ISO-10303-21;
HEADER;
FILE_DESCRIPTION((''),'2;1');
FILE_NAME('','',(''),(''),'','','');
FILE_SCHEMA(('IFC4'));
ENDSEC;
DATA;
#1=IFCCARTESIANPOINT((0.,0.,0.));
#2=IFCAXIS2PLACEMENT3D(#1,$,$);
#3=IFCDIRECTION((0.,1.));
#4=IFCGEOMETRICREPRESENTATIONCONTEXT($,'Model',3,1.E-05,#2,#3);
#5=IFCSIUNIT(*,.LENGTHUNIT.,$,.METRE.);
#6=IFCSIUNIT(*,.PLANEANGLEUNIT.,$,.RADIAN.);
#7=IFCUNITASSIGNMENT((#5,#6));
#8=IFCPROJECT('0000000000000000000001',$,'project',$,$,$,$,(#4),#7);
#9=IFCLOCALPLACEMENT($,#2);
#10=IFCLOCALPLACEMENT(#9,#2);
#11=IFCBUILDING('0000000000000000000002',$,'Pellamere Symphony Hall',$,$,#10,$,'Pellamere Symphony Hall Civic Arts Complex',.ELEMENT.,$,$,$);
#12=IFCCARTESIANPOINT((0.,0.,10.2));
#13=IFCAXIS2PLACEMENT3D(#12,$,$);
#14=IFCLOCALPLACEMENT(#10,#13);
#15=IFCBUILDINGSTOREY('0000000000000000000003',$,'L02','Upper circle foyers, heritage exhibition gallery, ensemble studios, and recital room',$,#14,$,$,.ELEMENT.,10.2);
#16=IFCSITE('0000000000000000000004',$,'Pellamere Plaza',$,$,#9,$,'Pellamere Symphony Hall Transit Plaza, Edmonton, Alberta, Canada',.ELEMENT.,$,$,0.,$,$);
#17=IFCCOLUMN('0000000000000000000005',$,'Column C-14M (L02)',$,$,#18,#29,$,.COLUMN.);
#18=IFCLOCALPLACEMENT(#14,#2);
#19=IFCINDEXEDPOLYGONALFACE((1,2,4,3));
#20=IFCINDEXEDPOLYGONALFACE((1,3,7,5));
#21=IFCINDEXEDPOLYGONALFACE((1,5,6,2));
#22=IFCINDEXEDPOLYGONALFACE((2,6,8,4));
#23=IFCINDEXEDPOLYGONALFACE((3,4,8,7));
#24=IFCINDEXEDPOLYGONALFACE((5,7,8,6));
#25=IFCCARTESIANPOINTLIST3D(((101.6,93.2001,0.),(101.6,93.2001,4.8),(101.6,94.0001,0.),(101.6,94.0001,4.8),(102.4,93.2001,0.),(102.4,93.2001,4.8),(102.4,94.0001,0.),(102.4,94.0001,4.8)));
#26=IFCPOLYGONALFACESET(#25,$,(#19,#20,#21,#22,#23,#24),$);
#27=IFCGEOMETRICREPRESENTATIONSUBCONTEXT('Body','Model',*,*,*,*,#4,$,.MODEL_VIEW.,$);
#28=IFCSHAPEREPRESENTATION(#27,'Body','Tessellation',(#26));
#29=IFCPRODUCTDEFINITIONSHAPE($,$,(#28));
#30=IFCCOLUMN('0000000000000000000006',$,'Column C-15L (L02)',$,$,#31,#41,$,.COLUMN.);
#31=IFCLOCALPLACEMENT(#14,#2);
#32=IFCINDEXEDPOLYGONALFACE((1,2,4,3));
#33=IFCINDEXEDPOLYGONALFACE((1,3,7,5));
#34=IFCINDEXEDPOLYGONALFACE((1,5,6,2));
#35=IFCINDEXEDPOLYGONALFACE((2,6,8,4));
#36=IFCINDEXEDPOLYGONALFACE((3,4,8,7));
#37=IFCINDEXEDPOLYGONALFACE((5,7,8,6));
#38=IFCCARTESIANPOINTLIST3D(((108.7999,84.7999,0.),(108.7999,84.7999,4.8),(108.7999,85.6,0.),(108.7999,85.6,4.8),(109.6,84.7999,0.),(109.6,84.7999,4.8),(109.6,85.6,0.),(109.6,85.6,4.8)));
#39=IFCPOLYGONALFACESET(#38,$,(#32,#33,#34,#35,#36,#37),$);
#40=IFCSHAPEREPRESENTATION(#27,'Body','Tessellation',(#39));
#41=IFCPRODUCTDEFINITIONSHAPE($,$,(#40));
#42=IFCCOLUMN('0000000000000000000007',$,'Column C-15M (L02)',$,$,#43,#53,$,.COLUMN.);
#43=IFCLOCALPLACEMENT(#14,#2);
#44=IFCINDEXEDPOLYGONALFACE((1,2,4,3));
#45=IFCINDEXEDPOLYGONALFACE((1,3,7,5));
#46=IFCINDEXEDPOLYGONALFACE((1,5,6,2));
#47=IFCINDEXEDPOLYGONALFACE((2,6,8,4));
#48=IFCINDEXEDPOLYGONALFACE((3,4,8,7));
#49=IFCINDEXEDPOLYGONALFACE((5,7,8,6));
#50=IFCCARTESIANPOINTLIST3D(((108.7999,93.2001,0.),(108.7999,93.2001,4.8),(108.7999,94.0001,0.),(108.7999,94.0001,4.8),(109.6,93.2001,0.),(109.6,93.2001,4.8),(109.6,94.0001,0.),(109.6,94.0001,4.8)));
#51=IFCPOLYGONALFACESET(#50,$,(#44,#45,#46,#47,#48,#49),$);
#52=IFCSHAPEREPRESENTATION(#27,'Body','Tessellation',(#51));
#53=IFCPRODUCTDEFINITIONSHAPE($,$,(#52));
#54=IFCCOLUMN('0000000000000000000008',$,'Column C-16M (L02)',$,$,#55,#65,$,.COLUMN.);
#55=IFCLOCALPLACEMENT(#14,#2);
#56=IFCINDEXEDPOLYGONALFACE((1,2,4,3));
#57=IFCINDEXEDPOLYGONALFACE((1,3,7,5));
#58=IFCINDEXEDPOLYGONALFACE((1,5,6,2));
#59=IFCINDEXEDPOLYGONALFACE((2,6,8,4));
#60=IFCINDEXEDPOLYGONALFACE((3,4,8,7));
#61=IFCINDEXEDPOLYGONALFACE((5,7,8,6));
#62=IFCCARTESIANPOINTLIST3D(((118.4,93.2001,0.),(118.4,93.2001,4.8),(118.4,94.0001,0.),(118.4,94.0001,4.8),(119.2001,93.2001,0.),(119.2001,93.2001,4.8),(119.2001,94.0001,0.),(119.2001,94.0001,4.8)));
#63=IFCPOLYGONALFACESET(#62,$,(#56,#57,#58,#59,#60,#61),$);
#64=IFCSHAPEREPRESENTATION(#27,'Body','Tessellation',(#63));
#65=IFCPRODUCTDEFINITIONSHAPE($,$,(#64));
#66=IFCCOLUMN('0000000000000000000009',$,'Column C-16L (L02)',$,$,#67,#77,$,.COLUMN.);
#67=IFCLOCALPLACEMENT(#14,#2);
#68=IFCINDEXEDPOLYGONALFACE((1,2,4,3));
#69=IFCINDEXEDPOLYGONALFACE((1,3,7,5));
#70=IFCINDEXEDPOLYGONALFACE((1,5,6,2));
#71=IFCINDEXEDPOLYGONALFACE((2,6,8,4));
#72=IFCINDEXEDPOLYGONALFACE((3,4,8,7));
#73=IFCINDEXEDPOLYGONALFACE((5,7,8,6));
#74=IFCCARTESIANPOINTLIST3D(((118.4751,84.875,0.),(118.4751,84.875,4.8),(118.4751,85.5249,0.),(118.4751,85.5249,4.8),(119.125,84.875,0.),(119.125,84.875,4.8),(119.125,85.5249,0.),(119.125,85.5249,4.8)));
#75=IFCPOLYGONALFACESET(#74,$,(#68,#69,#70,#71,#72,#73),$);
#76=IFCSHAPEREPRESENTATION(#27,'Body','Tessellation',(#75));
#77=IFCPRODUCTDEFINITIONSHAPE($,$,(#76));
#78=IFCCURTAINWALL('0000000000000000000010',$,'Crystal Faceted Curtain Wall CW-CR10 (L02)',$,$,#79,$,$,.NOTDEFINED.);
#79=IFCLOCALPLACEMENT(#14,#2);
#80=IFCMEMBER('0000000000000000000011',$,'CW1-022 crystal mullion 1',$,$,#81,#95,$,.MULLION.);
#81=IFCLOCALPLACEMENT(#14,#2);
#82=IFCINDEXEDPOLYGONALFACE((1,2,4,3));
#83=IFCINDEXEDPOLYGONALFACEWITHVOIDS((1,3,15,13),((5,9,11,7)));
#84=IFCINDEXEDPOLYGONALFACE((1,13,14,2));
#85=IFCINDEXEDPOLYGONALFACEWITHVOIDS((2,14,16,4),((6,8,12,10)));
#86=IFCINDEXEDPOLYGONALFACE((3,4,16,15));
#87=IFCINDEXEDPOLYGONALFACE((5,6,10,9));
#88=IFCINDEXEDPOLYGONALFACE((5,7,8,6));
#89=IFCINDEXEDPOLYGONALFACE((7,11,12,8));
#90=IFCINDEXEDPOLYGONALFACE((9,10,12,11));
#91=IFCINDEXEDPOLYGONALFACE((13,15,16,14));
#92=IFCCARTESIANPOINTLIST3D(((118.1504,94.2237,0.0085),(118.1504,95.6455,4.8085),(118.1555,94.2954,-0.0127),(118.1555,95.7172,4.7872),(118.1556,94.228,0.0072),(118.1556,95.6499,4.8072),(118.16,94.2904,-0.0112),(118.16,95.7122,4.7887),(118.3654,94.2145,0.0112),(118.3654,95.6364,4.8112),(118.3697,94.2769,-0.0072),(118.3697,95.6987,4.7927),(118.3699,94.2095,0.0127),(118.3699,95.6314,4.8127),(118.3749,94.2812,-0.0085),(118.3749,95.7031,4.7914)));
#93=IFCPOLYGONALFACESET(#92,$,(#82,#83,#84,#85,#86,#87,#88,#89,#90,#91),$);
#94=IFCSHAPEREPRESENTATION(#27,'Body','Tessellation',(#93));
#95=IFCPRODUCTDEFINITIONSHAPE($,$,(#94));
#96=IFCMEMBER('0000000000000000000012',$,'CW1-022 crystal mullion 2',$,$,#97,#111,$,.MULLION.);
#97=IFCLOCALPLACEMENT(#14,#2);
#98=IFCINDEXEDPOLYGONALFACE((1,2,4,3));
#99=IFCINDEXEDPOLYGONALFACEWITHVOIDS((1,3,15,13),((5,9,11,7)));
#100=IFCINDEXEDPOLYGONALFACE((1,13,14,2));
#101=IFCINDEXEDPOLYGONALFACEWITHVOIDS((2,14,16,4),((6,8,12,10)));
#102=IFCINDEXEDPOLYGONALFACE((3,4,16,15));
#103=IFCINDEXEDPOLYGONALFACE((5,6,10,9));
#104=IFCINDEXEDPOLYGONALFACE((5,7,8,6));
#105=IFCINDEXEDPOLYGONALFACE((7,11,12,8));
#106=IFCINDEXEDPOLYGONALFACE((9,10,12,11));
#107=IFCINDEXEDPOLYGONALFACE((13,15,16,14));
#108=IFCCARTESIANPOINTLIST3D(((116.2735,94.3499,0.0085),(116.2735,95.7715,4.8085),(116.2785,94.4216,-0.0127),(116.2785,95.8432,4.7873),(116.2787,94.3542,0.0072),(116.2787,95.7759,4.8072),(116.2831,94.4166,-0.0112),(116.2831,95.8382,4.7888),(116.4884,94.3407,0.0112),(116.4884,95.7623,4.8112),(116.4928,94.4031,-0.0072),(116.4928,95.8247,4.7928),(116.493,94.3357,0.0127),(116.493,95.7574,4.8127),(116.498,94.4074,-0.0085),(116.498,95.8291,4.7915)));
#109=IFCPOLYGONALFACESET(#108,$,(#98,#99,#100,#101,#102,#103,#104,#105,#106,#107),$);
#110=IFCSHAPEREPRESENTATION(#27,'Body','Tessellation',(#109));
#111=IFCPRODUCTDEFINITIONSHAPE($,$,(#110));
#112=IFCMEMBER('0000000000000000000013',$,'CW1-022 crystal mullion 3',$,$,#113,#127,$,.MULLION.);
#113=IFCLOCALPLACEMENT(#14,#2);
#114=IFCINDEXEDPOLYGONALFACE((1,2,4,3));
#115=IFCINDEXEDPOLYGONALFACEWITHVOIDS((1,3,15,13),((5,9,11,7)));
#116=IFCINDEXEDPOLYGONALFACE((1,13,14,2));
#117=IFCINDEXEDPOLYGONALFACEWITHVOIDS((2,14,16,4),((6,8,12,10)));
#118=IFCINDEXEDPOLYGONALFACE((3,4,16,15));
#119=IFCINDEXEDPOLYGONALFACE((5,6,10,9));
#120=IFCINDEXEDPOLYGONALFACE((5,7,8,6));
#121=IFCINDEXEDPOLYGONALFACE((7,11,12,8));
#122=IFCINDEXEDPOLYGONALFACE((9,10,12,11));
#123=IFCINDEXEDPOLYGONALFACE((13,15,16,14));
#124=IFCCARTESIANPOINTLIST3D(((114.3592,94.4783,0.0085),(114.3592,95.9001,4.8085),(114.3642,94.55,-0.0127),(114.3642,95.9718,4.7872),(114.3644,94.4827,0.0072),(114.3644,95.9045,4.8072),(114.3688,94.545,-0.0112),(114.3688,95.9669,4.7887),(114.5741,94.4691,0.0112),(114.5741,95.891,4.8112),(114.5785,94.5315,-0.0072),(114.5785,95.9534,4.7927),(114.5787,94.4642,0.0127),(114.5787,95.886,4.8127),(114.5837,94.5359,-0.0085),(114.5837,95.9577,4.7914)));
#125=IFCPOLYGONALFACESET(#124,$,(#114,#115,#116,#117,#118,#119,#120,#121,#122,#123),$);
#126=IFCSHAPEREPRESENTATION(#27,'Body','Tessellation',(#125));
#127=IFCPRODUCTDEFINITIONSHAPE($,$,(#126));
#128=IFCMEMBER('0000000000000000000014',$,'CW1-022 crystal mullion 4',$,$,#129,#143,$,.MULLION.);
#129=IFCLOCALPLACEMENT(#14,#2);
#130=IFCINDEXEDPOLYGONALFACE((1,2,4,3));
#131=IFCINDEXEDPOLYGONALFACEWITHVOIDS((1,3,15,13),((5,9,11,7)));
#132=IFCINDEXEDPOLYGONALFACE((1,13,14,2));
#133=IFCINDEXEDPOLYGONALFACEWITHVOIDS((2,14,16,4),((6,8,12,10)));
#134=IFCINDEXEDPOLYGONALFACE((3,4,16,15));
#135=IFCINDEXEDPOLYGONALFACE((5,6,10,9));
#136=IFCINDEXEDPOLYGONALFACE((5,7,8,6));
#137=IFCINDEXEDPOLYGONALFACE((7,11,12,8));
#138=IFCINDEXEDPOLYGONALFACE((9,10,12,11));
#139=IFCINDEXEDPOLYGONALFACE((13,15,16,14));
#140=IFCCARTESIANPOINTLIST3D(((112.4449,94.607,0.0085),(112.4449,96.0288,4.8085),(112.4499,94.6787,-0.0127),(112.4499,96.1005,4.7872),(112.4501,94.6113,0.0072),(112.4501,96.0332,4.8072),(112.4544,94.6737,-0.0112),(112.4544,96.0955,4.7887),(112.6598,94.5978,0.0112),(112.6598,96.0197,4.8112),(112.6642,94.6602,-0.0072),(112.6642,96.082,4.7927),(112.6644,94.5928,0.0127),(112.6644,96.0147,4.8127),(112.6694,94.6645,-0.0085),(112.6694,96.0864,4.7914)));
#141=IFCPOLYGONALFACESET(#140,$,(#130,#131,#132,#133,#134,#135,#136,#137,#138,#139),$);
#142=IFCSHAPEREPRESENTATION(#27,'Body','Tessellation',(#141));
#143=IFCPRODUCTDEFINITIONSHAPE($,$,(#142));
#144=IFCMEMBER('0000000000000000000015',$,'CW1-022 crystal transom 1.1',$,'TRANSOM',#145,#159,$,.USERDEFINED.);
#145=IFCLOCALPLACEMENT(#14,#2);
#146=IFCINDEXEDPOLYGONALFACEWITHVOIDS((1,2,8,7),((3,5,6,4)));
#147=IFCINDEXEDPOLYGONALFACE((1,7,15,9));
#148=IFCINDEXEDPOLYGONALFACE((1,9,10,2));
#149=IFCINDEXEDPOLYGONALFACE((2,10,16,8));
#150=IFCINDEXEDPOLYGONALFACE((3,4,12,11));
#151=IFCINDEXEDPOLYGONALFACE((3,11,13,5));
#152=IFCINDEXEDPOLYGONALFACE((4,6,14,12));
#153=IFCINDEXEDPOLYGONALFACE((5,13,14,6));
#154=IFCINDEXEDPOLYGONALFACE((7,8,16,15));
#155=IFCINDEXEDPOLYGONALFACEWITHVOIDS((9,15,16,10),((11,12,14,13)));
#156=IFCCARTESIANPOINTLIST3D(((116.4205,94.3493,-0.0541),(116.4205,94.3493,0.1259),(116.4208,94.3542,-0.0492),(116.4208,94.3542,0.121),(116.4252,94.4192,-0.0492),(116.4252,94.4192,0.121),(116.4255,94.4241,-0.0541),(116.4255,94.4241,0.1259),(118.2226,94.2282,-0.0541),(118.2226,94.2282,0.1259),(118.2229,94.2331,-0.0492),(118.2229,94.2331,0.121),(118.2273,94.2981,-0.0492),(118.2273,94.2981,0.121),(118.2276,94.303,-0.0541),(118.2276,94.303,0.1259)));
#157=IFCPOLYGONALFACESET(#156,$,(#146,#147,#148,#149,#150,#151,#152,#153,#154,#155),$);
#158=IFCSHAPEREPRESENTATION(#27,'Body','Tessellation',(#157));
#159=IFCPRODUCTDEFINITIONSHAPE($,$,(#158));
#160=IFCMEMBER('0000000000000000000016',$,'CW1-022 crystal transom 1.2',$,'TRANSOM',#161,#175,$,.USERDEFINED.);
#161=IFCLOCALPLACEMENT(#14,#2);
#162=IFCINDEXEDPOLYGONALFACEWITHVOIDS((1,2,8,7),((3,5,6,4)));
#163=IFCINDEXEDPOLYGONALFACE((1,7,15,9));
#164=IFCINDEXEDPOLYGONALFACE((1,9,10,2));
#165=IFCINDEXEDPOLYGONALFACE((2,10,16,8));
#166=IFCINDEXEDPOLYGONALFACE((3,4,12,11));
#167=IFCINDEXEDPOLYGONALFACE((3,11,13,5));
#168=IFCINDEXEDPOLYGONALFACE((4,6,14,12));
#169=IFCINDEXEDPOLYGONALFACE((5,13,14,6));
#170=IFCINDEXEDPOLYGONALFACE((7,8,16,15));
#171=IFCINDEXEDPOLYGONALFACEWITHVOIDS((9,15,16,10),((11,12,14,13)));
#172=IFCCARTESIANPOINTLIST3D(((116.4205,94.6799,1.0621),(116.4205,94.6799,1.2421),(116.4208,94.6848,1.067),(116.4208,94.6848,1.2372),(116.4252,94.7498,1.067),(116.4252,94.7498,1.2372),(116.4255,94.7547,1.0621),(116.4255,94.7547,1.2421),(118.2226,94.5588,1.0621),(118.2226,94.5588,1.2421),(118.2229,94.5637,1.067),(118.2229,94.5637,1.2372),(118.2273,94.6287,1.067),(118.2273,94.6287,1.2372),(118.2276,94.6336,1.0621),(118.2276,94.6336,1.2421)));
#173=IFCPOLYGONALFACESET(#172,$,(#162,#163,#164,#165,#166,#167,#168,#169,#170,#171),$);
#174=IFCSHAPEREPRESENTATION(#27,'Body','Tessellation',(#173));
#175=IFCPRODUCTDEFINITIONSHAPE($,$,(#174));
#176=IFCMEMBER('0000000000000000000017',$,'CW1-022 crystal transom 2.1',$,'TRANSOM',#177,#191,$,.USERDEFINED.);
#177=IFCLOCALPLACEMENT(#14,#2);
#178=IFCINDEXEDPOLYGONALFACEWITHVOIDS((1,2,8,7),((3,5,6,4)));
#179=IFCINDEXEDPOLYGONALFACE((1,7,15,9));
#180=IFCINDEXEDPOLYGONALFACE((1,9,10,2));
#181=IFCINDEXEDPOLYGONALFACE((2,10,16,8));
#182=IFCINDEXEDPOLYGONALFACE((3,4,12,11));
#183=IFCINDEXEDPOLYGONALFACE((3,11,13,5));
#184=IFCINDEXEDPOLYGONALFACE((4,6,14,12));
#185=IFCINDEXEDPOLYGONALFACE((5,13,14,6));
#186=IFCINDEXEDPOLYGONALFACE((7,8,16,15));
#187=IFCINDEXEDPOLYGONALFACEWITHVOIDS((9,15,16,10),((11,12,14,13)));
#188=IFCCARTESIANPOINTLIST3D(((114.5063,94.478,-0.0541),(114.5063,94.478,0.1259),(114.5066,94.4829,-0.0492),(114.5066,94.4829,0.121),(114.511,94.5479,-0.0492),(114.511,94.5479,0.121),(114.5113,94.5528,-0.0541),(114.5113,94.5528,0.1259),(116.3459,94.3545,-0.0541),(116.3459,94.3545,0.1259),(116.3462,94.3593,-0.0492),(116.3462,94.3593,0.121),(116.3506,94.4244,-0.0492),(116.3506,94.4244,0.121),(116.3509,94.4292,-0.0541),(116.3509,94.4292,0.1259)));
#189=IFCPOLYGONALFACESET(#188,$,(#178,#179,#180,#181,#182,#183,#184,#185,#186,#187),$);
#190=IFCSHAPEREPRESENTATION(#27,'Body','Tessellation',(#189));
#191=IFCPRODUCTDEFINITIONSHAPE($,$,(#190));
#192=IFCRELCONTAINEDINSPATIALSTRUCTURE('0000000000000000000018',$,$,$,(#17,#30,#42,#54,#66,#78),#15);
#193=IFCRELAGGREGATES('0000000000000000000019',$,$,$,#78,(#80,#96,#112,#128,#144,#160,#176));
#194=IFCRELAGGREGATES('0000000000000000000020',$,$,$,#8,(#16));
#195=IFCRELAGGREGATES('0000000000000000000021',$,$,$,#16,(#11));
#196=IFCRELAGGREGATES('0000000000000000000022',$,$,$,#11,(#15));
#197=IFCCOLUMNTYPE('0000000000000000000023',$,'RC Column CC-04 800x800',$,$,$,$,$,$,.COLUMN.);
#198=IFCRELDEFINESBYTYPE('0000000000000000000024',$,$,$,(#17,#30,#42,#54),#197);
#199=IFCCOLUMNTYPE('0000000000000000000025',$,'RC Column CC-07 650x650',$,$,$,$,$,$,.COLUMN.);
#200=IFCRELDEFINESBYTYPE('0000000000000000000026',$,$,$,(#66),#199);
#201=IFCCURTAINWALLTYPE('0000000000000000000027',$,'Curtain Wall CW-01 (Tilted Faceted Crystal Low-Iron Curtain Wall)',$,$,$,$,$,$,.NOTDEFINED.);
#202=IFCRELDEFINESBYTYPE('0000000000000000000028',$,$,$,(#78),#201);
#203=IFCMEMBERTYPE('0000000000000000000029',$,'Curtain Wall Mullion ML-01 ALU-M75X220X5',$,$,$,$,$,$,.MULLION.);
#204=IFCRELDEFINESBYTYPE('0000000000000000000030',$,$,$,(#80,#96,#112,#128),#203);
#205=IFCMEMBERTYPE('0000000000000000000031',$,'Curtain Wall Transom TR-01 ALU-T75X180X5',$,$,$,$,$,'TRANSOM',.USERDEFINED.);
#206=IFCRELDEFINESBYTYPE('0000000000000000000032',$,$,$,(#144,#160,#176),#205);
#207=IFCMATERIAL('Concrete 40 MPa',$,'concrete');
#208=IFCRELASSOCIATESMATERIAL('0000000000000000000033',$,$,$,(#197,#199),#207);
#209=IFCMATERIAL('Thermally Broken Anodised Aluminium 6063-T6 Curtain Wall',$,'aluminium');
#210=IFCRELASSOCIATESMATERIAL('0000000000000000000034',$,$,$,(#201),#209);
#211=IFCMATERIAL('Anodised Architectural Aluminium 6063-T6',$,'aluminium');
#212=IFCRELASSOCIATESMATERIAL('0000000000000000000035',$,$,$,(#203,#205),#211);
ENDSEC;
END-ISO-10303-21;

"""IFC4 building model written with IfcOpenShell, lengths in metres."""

from ifc_helpers import new_model, si_unit, direction, frame, origin, origin_2d, place, context, subcontext, project, spatial, rectangle, hollow_rectangle, extrude, material, material_profile, profile_set, type_object, element, aggregate, save


model = new_model("IFC4")

# Units and contexts
model_context = context("Model", 3, precision=1e-05, world=origin(), true_north=direction((0.0, 1.0)))
body_context = subcontext(model_context, "Body", "Model", "MODEL_VIEW")
ifc_project = project(units=[si_unit("LENGTHUNIT", "METRE"), si_unit("PLANEANGLEUNIT", "RADIAN")], contexts=[model_context])

# Site, building, storey
site_placement = place(None, origin())
site = spatial("IfcSite", under=ifc_project, at=site_placement, Name="Pellamere Plaza", LongName="Pellamere Symphony Hall Transit Plaza, Edmonton, Alberta, Canada", CompositionType="ELEMENT", RefElevation=0.0)
building_placement = place(site_placement, origin())
building = spatial("IfcBuilding", under=site, at=building_placement, Name="Pellamere Symphony Hall", LongName="Pellamere Symphony Hall Civic Arts Complex", CompositionType="ELEMENT")
storey_placement = place(building_placement, frame((0.0, 0.0, 10.2)))
storey = spatial("IfcBuildingStorey", under=building, at=storey_placement, Name="L02", Description="Upper circle foyers, heritage exhibition gallery, ensemble studios, and recital room", CompositionType="ELEMENT", Elevation=10.2)

# Columns
ifc_material_1 = material(Name="Concrete 40 MPa", Category="concrete")
ifc_material_profile_1 = material_profile(ifc_material_1, rectangle(XDim=0.8, YDim=0.8, at=origin_2d()), Name="RC 800x800")
ifc_profile_set_1 = profile_set([ifc_material_profile_1], Name="Concrete 40 MPa")
column_type_1 = type_object("IfcColumnType", Name="RC Column CC-04 800x800", PredefinedType="COLUMN", material=ifc_profile_set_1)
for number, where, z_axis, x_axis, name in (
    (1, (102.0, 93.6001, 0.0), (0.0, 0.0, 1.0), (1.0, 0.0, 0.0), "Column C-14M (L02)"),
    (2, (109.2, 85.2, 0.0), (0.0, 0.0, 1.0), (1.0, 0.0, 0.0), "Column C-15L (L02)"),
    (3, (109.2, 93.6001, 0.0), (0.0, 0.0, 1.0), (1.0, 0.0, 0.0), "Column C-15M (L02)"),
    (4, (118.8, 93.6001, 0.0), (0.0, 0.0, 1.0), (1.0, 0.0, 0.0), "Column C-16M (L02)"),
):
    element("IfcColumn", number, at=place(storey_placement, frame(where, z_axis=z_axis, x_axis=x_axis)), inside=storey, type_object=column_type_1, Name=name, PredefinedType="COLUMN", context=body_context, shape_type="SweptSolid", body=[
        extrude(rectangle(XDim=0.8, YDim=0.8, at=origin_2d()), origin(), (0.0, 0.0, 1.0), 4.8),
    ])
ifc_material_profile_2 = material_profile(ifc_material_1, rectangle(XDim=0.6499, YDim=0.6499, at=origin_2d()), Name="RC 650x650")
ifc_profile_set_2 = profile_set([ifc_material_profile_2], Name="Concrete 40 MPa")
column_type_2 = type_object("IfcColumnType", Name="RC Column CC-07 650x650", PredefinedType="COLUMN", material=ifc_profile_set_2)
column_placement = place(storey_placement, frame((118.8, 85.2, 0.0), z_axis=(0.0, 0.0, 1.0), x_axis=(1.0, 0.0, 0.0)))
element("IfcColumn", 5, at=column_placement, inside=storey, type_object=column_type_2, Name="Column C-16L (L02)", PredefinedType="COLUMN", context=body_context, shape_type="SweptSolid", body=[
    extrude(rectangle(XDim=0.6499, YDim=0.6499, at=origin_2d()), origin(), (0.0, 0.0, 1.0), 4.8),
])

# Curtain wall, members
ifc_material_2 = material(Name="Thermally Broken Anodised Aluminium 6063-T6 Curtain Wall", Category="aluminium")
curtain_wall_type = type_object("IfcCurtainWallType", Name="Curtain Wall CW-01 (Tilted Faceted Crystal Low-Iron Curtain Wall)", PredefinedType="NOTDEFINED", material=ifc_material_2)
curtain_wall_placement = place(storey_placement, origin())
curtain_wall = element("IfcCurtainWall", 6, at=curtain_wall_placement, inside=storey, type_object=curtain_wall_type, Name="Crystal Faceted Curtain Wall CW-CR10 (L02)", PredefinedType="NOTDEFINED")
ifc_material_3 = material(Name="Anodised Architectural Aluminium 6063-T6", Category="aluminium")
ifc_material_profile_3 = material_profile(ifc_material_3, hollow_rectangle(XDim=0.075, YDim=0.22, WallThickness=0.0049, at=origin_2d()), Name="ALU-M75X220X5")
ifc_profile_set_3 = profile_set([ifc_material_profile_3], Name="Anodised Architectural Aluminium 6063-T6")
member_type_1 = type_object("IfcMemberType", Name="Curtain Wall Mullion ML-01 ALU-M75X220X5", PredefinedType="MULLION", material=ifc_profile_set_3)
member_1_placement = place(storey_placement, frame((118.2627, 94.2524, 0.0), z_axis=(0.0, 0.284022, 0.958818), x_axis=(0.067013, 0.956662, -0.283383)))
member_1 = element("IfcMember", 7, at=member_1_placement, type_object=member_type_1, Name="CW1-022 crystal mullion 1", PredefinedType="MULLION", context=body_context, shape_type="SweptSolid", body=[
    extrude(hollow_rectangle(XDim=0.075, YDim=0.22, WallThickness=0.0049, at=origin_2d()), origin(), (0.0, 0.0, 1.0), 5.0061),
])
member_2_placement = place(storey_placement, frame((116.3857, 94.3787, 0.0), z_axis=(0.0, 0.283977, 0.958831), x_axis=(0.067013, 0.956676, -0.283339)))
member_2 = element("IfcMember", 8, at=member_2_placement, type_object=member_type_1, Name="CW1-022 crystal mullion 2", PredefinedType="MULLION", context=body_context, shape_type="SweptSolid", body=[
    extrude(hollow_rectangle(XDim=0.075, YDim=0.22, WallThickness=0.0049, at=origin_2d()), origin(), (0.0, 0.0, 1.0), 5.0061),
])
member_3_placement = place(storey_placement, frame((114.4714, 94.5071, 0.0), z_axis=(0.0, 0.284022, 0.958818), x_axis=(0.067013, 0.956662, -0.283383)))
member_3 = element("IfcMember", 9, at=member_3_placement, type_object=member_type_1, Name="CW1-022 crystal mullion 3", PredefinedType="MULLION", context=body_context, shape_type="SweptSolid", body=[
    extrude(hollow_rectangle(XDim=0.075, YDim=0.22, WallThickness=0.0049, at=origin_2d()), origin(), (0.0, 0.0, 1.0), 5.0061),
])
member_4_placement = place(storey_placement, frame((112.5571, 94.6357, 0.0), z_axis=(0.0, 0.284022, 0.958818), x_axis=(0.067013, 0.956662, -0.283383)))
member_4 = element("IfcMember", 10, at=member_4_placement, type_object=member_type_1, Name="CW1-022 crystal mullion 4", PredefinedType="MULLION", context=body_context, shape_type="SweptSolid", body=[
    extrude(hollow_rectangle(XDim=0.075, YDim=0.22, WallThickness=0.0049, at=origin_2d()), origin(), (0.0, 0.0, 1.0), 5.0061),
])
ifc_material_profile_4 = material_profile(ifc_material_3, hollow_rectangle(XDim=0.075, YDim=0.1799, WallThickness=0.0049, at=origin_2d()), Name="ALU-T75X180X5")
ifc_profile_set_4 = profile_set([ifc_material_profile_4], Name="Anodised Architectural Aluminium 6063-T6")
member_type_2 = type_object("IfcMemberType", Name="Curtain Wall Transom TR-01 ALU-T75X180X5", ElementType="TRANSOM", PredefinedType="USERDEFINED", material=ifc_profile_set_4)
member_5_placement = place(storey_placement, frame((118.2251, 94.2656, 0.0359), z_axis=(-0.99775, 0.067048, 0.0), x_axis=(-0.067048, -0.99775, 0.0)))
member_5 = element("IfcMember", 11, at=member_5_placement, type_object=member_type_2, Name="CW1-022 crystal transom 1.1", ObjectType="TRANSOM", PredefinedType="USERDEFINED", context=body_context, shape_type="SweptSolid", body=[
    extrude(hollow_rectangle(XDim=0.075, YDim=0.1799, WallThickness=0.0049, at=origin_2d()), origin(), (0.0, 0.0, 1.0), 1.8062),
])
member_6_placement = place(storey_placement, frame((118.2251, 94.5962, 1.1521), z_axis=(-0.99775, 0.067048, 0.0), x_axis=(-0.067048, -0.99775, 0.0)))
member_6 = element("IfcMember", 12, at=member_6_placement, type_object=member_type_2, Name="CW1-022 crystal transom 1.2", ObjectType="TRANSOM", PredefinedType="USERDEFINED", context=body_context, shape_type="SweptSolid", body=[
    extrude(hollow_rectangle(XDim=0.075, YDim=0.1799, WallThickness=0.0049, at=origin_2d()), origin(), (0.0, 0.0, 1.0), 1.8062),
])
member_7_placement = place(storey_placement, frame((116.3484, 94.3918, 0.0359), z_axis=(-0.997753, 0.067002, 0.0), x_axis=(-0.067002, -0.997753, 0.0)))
member_7 = element("IfcMember", 13, at=member_7_placement, type_object=member_type_2, Name="CW1-022 crystal transom 2.1", ObjectType="TRANSOM", PredefinedType="USERDEFINED", context=body_context, shape_type="SweptSolid", body=[
    extrude(hollow_rectangle(XDim=0.075, YDim=0.1799, WallThickness=0.0049, at=origin_2d()), origin(), (0.0, 0.0, 1.0), 1.8438),
])

aggregate(curtain_wall, [member_1, member_2, member_3, member_4, member_5, member_6, member_7])

save(model, "model.ifc")
